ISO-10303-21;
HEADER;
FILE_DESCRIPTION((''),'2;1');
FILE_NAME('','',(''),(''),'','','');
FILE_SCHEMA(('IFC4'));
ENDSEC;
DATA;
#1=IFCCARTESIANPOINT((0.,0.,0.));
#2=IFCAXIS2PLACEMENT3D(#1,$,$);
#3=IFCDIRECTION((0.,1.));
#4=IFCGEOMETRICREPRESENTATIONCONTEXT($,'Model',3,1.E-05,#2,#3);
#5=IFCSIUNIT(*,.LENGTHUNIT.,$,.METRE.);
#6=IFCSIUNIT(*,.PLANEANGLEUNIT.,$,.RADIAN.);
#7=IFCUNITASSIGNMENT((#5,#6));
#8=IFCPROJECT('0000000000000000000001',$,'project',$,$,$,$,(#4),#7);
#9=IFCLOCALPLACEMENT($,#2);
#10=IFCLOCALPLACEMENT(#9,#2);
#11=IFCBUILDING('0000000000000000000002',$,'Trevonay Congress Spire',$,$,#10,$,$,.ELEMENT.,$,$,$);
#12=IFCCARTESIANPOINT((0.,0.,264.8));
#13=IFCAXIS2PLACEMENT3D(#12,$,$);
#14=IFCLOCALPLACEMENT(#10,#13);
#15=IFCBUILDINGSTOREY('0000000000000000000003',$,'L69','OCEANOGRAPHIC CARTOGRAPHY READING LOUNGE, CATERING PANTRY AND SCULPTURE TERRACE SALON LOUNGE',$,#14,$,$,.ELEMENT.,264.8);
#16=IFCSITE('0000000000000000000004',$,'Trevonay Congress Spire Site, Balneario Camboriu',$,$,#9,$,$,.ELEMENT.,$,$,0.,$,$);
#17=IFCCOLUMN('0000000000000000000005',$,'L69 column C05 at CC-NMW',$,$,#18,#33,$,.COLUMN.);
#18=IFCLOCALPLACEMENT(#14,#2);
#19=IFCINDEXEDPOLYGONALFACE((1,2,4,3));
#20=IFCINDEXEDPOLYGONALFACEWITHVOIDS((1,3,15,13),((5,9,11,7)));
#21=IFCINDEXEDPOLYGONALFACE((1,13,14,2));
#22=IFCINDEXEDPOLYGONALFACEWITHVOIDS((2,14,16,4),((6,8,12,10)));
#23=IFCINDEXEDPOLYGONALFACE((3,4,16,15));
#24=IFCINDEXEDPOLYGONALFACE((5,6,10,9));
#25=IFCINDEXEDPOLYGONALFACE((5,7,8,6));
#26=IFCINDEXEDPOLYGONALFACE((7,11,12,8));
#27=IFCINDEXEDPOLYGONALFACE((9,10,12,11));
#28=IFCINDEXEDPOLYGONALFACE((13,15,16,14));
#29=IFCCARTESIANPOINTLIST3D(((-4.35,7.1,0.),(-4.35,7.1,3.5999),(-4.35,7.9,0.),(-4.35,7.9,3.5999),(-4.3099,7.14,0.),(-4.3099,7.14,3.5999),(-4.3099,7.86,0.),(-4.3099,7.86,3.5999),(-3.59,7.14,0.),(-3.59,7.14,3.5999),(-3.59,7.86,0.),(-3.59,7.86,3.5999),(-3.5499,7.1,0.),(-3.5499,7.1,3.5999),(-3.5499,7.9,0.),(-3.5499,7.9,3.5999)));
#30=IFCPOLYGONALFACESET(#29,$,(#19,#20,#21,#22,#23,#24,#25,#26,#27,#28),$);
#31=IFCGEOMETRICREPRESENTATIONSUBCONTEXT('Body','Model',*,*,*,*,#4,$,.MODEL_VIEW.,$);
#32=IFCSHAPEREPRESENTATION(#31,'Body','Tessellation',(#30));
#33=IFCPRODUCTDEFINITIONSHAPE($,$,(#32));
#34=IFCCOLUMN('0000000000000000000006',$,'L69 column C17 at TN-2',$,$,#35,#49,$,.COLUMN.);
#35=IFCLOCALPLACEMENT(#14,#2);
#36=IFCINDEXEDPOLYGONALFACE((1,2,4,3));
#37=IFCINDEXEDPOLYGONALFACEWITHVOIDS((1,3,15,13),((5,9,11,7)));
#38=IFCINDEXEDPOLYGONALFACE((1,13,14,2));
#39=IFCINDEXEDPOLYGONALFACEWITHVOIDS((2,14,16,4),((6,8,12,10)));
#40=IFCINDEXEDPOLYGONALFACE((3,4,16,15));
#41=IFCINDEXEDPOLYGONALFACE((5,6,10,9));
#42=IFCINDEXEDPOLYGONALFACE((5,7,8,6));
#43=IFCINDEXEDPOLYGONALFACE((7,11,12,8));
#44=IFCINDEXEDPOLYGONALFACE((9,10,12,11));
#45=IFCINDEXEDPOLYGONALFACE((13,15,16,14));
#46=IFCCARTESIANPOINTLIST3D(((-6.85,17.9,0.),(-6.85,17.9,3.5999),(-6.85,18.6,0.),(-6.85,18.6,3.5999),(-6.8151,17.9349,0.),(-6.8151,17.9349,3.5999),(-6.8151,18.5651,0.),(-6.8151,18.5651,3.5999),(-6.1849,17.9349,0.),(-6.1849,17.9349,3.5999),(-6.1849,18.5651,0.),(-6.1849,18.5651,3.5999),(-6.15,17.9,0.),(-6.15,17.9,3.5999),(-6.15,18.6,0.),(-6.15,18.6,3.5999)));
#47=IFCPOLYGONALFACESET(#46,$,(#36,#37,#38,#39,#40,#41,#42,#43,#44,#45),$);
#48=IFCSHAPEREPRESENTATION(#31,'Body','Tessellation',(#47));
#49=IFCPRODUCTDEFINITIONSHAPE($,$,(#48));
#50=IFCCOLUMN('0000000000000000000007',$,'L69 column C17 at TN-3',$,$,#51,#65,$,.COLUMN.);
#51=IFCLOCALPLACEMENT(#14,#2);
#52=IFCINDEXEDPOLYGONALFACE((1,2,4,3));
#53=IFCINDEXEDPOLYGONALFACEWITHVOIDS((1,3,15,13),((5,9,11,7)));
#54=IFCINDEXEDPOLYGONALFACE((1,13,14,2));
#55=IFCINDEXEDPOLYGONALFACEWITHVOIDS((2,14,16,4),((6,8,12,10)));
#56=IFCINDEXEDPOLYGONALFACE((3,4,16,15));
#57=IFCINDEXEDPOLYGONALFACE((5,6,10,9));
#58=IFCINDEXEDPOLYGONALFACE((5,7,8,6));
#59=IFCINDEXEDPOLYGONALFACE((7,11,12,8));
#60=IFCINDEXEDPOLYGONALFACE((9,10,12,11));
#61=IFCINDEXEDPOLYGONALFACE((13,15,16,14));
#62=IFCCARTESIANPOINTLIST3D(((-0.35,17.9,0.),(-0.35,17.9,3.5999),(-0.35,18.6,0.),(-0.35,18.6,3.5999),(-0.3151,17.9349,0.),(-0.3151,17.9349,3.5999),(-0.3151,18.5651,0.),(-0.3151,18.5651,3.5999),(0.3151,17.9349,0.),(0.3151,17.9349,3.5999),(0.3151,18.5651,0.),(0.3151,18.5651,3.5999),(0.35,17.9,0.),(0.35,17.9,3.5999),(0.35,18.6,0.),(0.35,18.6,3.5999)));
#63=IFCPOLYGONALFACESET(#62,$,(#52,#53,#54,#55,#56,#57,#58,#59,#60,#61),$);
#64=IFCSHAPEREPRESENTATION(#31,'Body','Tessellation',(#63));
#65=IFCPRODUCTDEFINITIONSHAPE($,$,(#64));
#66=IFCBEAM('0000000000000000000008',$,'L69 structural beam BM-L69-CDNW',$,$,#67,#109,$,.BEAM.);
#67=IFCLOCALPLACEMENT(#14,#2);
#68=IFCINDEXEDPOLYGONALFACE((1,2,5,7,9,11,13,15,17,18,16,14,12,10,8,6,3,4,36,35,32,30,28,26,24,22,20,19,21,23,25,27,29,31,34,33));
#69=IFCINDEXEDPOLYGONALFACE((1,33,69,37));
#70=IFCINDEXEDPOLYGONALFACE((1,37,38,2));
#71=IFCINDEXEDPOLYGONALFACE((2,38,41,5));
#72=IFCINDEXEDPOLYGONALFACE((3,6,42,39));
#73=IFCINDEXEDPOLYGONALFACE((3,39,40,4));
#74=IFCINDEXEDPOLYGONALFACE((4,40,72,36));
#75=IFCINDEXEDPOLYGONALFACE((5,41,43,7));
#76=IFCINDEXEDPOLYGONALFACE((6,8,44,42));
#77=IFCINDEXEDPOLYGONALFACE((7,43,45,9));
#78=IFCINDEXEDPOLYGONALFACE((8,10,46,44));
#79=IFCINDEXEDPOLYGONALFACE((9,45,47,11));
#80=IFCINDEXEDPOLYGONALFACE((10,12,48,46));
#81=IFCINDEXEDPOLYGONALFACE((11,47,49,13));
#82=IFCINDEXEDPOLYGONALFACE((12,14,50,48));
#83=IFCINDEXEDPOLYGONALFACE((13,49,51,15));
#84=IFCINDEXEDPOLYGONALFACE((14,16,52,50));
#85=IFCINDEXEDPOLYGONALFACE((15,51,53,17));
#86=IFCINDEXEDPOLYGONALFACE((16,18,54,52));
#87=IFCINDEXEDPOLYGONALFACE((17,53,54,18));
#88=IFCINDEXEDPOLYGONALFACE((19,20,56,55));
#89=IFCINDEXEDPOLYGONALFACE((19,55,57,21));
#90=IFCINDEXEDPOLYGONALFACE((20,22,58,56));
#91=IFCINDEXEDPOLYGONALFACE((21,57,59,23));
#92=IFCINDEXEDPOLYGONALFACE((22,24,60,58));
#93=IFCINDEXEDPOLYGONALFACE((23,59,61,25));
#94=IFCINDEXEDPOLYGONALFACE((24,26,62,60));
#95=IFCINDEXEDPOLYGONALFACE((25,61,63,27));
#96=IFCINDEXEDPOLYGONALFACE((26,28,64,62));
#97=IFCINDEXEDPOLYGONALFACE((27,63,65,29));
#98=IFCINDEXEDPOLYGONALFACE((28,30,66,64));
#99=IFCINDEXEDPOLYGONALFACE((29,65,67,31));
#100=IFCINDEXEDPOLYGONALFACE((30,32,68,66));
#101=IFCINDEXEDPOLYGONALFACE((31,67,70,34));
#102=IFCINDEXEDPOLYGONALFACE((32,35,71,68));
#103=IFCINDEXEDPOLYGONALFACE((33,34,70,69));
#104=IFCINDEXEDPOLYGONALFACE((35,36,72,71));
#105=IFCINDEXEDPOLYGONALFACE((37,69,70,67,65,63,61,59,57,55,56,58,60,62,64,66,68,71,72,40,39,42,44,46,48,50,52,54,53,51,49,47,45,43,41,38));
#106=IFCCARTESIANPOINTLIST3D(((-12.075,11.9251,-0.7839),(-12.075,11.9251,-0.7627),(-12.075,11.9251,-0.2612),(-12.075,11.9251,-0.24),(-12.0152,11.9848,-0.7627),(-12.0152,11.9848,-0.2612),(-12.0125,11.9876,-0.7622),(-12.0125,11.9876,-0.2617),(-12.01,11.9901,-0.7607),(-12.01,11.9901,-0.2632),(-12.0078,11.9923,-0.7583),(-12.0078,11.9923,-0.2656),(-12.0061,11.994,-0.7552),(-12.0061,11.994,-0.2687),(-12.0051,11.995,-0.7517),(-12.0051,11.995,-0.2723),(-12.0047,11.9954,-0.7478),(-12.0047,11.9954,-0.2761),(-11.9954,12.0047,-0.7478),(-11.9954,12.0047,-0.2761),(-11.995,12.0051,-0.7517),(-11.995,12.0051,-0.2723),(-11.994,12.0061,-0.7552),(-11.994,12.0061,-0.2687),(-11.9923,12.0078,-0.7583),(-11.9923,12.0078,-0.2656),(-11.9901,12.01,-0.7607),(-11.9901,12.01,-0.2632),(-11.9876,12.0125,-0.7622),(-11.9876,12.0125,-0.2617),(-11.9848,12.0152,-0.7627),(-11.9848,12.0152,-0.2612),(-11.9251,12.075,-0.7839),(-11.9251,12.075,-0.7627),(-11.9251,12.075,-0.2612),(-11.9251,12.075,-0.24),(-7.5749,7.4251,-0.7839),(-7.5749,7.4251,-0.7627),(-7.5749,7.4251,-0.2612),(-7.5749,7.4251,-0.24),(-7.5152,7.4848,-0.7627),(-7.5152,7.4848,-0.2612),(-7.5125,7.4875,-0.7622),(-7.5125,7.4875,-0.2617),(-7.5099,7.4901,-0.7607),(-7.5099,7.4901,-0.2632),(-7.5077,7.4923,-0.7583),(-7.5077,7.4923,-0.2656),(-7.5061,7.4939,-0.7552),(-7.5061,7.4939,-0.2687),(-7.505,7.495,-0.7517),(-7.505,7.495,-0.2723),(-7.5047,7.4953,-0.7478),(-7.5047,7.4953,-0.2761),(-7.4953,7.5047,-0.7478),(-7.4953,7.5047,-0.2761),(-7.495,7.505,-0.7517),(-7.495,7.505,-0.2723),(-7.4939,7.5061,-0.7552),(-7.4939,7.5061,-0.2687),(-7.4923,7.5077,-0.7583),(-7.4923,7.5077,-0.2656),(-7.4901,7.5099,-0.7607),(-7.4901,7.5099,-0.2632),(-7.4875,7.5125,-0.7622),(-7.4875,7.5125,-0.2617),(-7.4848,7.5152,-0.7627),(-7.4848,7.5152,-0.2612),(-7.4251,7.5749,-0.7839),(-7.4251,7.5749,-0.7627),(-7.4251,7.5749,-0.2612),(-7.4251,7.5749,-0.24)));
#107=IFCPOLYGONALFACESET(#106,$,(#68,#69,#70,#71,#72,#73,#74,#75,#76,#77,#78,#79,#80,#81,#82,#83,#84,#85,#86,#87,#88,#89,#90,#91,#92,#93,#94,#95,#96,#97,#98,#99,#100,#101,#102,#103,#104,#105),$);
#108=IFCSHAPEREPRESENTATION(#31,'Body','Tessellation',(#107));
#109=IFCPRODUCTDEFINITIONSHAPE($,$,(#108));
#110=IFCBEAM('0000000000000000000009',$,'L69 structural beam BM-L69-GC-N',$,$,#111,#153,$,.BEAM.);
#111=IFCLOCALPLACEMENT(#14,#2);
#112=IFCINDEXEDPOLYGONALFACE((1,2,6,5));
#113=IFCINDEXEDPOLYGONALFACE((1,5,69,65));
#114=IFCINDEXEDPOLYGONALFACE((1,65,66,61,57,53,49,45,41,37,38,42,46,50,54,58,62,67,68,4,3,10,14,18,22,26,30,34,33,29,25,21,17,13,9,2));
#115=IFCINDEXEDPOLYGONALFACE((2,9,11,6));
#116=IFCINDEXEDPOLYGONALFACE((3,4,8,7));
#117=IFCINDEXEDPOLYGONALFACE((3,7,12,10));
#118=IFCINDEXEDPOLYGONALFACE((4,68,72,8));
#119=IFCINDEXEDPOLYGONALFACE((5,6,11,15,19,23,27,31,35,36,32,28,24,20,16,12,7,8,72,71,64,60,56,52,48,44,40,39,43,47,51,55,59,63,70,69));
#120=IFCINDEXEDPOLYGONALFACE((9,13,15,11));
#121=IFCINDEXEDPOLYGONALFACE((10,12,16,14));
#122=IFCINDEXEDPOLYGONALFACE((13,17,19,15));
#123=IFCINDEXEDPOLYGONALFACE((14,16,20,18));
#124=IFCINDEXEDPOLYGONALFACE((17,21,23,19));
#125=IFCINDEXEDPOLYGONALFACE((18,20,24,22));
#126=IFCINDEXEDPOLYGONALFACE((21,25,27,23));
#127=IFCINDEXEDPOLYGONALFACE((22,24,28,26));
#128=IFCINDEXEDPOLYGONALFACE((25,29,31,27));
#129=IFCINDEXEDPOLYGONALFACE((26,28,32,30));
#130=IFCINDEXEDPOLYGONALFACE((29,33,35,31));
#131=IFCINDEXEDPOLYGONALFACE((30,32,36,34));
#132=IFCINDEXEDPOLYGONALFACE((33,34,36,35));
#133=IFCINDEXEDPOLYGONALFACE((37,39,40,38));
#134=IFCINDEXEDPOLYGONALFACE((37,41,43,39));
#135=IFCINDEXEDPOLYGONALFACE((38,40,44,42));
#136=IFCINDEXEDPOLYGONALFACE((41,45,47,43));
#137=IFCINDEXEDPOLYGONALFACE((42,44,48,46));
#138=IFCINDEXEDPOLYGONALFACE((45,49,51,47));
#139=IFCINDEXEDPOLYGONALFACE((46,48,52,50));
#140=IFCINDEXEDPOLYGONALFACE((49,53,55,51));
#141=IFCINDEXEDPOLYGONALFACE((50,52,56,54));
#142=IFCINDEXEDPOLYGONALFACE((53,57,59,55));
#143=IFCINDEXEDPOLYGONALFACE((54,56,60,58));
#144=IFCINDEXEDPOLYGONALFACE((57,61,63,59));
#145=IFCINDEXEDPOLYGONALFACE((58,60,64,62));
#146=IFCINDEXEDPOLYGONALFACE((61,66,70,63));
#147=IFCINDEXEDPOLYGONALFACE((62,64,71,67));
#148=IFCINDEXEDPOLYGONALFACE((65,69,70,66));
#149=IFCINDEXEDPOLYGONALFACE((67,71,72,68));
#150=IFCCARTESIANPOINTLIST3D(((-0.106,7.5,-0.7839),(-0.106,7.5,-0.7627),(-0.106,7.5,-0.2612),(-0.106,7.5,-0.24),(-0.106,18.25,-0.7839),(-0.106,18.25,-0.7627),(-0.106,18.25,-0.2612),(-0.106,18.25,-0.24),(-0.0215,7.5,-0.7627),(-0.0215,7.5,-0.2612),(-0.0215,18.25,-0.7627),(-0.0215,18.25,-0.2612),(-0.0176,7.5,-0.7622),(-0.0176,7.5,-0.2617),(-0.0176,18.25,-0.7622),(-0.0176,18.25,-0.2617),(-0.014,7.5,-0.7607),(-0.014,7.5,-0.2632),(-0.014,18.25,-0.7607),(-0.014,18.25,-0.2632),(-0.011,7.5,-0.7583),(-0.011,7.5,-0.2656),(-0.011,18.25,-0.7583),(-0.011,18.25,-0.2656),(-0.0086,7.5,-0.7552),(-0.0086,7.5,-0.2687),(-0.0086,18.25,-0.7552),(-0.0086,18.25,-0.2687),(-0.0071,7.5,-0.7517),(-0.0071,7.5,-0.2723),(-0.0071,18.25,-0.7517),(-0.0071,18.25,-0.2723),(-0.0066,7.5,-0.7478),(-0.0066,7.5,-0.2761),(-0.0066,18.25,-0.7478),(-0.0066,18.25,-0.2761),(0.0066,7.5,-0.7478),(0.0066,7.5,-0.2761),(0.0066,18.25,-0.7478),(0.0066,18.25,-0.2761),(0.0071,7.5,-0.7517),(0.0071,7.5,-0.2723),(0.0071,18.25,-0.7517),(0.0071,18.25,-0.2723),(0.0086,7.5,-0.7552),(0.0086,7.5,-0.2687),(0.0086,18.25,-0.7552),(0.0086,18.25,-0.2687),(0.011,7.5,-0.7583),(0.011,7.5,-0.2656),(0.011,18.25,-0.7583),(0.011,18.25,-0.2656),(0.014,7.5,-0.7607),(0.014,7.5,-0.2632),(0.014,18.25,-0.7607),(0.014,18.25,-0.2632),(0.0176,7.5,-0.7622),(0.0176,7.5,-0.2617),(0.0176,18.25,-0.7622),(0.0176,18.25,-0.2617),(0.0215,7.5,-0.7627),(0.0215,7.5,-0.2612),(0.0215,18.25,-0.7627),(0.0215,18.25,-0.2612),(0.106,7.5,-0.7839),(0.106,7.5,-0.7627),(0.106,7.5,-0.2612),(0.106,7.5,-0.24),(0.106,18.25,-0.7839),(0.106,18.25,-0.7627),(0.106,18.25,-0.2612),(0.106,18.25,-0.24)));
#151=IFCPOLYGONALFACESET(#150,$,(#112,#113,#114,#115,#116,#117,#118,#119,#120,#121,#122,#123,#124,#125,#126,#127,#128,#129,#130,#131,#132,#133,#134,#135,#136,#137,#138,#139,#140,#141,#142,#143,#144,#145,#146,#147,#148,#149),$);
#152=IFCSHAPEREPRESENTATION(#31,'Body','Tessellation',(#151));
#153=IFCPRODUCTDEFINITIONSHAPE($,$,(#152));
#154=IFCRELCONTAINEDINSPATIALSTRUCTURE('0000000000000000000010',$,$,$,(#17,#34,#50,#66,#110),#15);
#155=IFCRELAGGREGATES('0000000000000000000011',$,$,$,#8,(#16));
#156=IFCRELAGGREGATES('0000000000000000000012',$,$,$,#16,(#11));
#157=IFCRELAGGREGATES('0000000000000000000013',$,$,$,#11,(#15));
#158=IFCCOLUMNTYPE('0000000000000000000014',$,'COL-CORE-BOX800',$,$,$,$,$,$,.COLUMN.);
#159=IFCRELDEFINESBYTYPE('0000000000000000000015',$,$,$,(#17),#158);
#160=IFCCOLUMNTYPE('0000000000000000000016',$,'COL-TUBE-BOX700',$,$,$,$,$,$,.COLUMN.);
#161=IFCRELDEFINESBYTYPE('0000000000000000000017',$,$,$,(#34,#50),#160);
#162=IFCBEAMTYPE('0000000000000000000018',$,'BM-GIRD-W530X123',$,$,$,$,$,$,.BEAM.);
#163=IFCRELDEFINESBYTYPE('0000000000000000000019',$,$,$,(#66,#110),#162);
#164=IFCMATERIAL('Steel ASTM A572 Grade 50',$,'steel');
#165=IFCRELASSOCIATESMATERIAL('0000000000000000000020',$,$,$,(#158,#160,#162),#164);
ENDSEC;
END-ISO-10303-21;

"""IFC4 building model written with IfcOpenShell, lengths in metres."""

from ifc_helpers import new_model, si_unit, direction, frame, origin, origin_2d, place, context, subcontext, project, spatial, hollow_rectangle, i_section, extrude, material, material_profile, profile_set, type_object, element, save


model = new_model("IFC4")

# Units and contexts
model_context = context("Model", 3, precision=1e-05, world=origin(), true_north=direction((0.0, 1.0)))
body_context = subcontext(model_context, "Body", "Model", "MODEL_VIEW")
ifc_project = project(units=[si_unit("LENGTHUNIT", "METRE"), si_unit("PLANEANGLEUNIT", "RADIAN")], contexts=[model_context])

# Site, building, storey
site_placement = place(None, origin())
site = spatial("IfcSite", under=ifc_project, at=site_placement, Name="Trevonay Congress Spire Site, Balneario Camboriu", CompositionType="ELEMENT", RefElevation=0.0)
building_placement = place(site_placement, origin())
building = spatial("IfcBuilding", under=site, at=building_placement, Name="Trevonay Congress Spire", CompositionType="ELEMENT")
storey_placement = place(building_placement, frame((0.0, 0.0, 264.8)))
storey = spatial("IfcBuildingStorey", under=building, at=storey_placement, Name="L69", Description="OCEANOGRAPHIC CARTOGRAPHY READING LOUNGE, CATERING PANTRY AND SCULPTURE TERRACE SALON LOUNGE", CompositionType="ELEMENT", Elevation=264.8)

# Columns
ifc_material_1 = material(Name="Steel ASTM A572 Grade 50", Category="steel")
ifc_material_profile_1 = material_profile(ifc_material_1, hollow_rectangle(XDim=0.8, YDim=0.8, WallThickness=0.04, at=origin_2d()), Name="BOX 800x800x40")
ifc_profile_set_1 = profile_set([ifc_material_profile_1], Name="Steel ASTM A572 Grade 50")
column_type_1 = type_object("IfcColumnType", Name="COL-CORE-BOX800", PredefinedType="COLUMN", material=ifc_profile_set_1)
column_placement = place(storey_placement, frame((-3.95, 7.5, 0.0), z_axis=(0.0, 0.0, 1.0), x_axis=(1.0, 0.0, 0.0)))
element("IfcColumn", 1, at=column_placement, inside=storey, type_object=column_type_1, Name="L69 column C05 at CC-NMW", PredefinedType="COLUMN", context=body_context, shape_type="SweptSolid", body=[
    extrude(hollow_rectangle(XDim=0.8, YDim=0.8, WallThickness=0.04, at=origin_2d()), origin(), (0.0, 0.0, 1.0), 3.5999),
])
ifc_material_profile_2 = material_profile(ifc_material_1, hollow_rectangle(XDim=0.7, YDim=0.7, WallThickness=0.0349, at=origin_2d()), Name="BOX 700x700x35")
ifc_profile_set_2 = profile_set([ifc_material_profile_2], Name="Steel ASTM A572 Grade 50")
column_type_2 = type_object("IfcColumnType", Name="COL-TUBE-BOX700", PredefinedType="COLUMN", material=ifc_profile_set_2)
for number, where, z_axis, x_axis, name in (
    (2, (-6.5, 18.25, 0.0), (0.0, 0.0, 1.0), (1.0, 0.0, 0.0), "L69 column C17 at TN-2"),
    (3, (0.0, 18.25, 0.0), (0.0, 0.0, 1.0), (1.0, 0.0, 0.0), "L69 column C17 at TN-3"),
):
    element("IfcColumn", number, at=place(storey_placement, frame(where, z_axis=z_axis, x_axis=x_axis)), inside=storey, type_object=column_type_2, Name=name, PredefinedType="COLUMN", context=body_context, shape_type="SweptSolid", body=[
        extrude(hollow_rectangle(XDim=0.7, YDim=0.7, WallThickness=0.0349, at=origin_2d()), origin(), (0.0, 0.0, 1.0), 3.5999),
    ])

# Beams
ifc_material_profile_3 = material_profile(ifc_material_1, i_section(OverallWidth=0.2119, OverallDepth=0.5439, WebThickness=0.0132, FlangeThickness=0.0212, FilletRadius=0.0149, at=origin_2d()), Name="W530x123")
ifc_profile_set_3 = profile_set([ifc_material_profile_3], Name="Steel ASTM A572 Grade 50")
beam_type_1 = type_object("IfcBeamType", Name="BM-GIRD-W530X123", PredefinedType="BEAM", material=ifc_profile_set_3)
beam_1_placement = place(storey_placement, frame((-7.5, 7.5, -0.512), z_axis=(-0.707107, 0.707107, 0.0), x_axis=(-0.707107, -0.707107, 0.0)))
element("IfcBeam", 4, at=beam_1_placement, inside=storey, type_object=beam_type_1, Name="L69 structural beam BM-L69-CDNW", PredefinedType="BEAM", context=body_context, shape_type="SweptSolid", body=[
    extrude(i_section(OverallWidth=0.2119, OverallDepth=0.5439, WebThickness=0.0132, FlangeThickness=0.0212, FilletRadius=0.0149, at=origin_2d()), origin(), (0.0, 0.0, 1.0), 6.364),
])
beam_2_placement = place(storey_placement, frame((0.0, 7.5, -0.512), z_axis=(0.0, 1.0, 0.0), x_axis=(-1.0, 0.0, 0.0)))
element("IfcBeam", 5, at=beam_2_placement, inside=storey, type_object=beam_type_1, Name="L69 structural beam BM-L69-GC-N", PredefinedType="BEAM", context=body_context, shape_type="SweptSolid", body=[
    extrude(i_section(OverallWidth=0.2119, OverallDepth=0.5439, WebThickness=0.0132, FlangeThickness=0.0212, FilletRadius=0.0149, at=origin_2d()), origin(), (0.0, 0.0, 1.0), 10.75),
])

save(model, "model.ifc")
